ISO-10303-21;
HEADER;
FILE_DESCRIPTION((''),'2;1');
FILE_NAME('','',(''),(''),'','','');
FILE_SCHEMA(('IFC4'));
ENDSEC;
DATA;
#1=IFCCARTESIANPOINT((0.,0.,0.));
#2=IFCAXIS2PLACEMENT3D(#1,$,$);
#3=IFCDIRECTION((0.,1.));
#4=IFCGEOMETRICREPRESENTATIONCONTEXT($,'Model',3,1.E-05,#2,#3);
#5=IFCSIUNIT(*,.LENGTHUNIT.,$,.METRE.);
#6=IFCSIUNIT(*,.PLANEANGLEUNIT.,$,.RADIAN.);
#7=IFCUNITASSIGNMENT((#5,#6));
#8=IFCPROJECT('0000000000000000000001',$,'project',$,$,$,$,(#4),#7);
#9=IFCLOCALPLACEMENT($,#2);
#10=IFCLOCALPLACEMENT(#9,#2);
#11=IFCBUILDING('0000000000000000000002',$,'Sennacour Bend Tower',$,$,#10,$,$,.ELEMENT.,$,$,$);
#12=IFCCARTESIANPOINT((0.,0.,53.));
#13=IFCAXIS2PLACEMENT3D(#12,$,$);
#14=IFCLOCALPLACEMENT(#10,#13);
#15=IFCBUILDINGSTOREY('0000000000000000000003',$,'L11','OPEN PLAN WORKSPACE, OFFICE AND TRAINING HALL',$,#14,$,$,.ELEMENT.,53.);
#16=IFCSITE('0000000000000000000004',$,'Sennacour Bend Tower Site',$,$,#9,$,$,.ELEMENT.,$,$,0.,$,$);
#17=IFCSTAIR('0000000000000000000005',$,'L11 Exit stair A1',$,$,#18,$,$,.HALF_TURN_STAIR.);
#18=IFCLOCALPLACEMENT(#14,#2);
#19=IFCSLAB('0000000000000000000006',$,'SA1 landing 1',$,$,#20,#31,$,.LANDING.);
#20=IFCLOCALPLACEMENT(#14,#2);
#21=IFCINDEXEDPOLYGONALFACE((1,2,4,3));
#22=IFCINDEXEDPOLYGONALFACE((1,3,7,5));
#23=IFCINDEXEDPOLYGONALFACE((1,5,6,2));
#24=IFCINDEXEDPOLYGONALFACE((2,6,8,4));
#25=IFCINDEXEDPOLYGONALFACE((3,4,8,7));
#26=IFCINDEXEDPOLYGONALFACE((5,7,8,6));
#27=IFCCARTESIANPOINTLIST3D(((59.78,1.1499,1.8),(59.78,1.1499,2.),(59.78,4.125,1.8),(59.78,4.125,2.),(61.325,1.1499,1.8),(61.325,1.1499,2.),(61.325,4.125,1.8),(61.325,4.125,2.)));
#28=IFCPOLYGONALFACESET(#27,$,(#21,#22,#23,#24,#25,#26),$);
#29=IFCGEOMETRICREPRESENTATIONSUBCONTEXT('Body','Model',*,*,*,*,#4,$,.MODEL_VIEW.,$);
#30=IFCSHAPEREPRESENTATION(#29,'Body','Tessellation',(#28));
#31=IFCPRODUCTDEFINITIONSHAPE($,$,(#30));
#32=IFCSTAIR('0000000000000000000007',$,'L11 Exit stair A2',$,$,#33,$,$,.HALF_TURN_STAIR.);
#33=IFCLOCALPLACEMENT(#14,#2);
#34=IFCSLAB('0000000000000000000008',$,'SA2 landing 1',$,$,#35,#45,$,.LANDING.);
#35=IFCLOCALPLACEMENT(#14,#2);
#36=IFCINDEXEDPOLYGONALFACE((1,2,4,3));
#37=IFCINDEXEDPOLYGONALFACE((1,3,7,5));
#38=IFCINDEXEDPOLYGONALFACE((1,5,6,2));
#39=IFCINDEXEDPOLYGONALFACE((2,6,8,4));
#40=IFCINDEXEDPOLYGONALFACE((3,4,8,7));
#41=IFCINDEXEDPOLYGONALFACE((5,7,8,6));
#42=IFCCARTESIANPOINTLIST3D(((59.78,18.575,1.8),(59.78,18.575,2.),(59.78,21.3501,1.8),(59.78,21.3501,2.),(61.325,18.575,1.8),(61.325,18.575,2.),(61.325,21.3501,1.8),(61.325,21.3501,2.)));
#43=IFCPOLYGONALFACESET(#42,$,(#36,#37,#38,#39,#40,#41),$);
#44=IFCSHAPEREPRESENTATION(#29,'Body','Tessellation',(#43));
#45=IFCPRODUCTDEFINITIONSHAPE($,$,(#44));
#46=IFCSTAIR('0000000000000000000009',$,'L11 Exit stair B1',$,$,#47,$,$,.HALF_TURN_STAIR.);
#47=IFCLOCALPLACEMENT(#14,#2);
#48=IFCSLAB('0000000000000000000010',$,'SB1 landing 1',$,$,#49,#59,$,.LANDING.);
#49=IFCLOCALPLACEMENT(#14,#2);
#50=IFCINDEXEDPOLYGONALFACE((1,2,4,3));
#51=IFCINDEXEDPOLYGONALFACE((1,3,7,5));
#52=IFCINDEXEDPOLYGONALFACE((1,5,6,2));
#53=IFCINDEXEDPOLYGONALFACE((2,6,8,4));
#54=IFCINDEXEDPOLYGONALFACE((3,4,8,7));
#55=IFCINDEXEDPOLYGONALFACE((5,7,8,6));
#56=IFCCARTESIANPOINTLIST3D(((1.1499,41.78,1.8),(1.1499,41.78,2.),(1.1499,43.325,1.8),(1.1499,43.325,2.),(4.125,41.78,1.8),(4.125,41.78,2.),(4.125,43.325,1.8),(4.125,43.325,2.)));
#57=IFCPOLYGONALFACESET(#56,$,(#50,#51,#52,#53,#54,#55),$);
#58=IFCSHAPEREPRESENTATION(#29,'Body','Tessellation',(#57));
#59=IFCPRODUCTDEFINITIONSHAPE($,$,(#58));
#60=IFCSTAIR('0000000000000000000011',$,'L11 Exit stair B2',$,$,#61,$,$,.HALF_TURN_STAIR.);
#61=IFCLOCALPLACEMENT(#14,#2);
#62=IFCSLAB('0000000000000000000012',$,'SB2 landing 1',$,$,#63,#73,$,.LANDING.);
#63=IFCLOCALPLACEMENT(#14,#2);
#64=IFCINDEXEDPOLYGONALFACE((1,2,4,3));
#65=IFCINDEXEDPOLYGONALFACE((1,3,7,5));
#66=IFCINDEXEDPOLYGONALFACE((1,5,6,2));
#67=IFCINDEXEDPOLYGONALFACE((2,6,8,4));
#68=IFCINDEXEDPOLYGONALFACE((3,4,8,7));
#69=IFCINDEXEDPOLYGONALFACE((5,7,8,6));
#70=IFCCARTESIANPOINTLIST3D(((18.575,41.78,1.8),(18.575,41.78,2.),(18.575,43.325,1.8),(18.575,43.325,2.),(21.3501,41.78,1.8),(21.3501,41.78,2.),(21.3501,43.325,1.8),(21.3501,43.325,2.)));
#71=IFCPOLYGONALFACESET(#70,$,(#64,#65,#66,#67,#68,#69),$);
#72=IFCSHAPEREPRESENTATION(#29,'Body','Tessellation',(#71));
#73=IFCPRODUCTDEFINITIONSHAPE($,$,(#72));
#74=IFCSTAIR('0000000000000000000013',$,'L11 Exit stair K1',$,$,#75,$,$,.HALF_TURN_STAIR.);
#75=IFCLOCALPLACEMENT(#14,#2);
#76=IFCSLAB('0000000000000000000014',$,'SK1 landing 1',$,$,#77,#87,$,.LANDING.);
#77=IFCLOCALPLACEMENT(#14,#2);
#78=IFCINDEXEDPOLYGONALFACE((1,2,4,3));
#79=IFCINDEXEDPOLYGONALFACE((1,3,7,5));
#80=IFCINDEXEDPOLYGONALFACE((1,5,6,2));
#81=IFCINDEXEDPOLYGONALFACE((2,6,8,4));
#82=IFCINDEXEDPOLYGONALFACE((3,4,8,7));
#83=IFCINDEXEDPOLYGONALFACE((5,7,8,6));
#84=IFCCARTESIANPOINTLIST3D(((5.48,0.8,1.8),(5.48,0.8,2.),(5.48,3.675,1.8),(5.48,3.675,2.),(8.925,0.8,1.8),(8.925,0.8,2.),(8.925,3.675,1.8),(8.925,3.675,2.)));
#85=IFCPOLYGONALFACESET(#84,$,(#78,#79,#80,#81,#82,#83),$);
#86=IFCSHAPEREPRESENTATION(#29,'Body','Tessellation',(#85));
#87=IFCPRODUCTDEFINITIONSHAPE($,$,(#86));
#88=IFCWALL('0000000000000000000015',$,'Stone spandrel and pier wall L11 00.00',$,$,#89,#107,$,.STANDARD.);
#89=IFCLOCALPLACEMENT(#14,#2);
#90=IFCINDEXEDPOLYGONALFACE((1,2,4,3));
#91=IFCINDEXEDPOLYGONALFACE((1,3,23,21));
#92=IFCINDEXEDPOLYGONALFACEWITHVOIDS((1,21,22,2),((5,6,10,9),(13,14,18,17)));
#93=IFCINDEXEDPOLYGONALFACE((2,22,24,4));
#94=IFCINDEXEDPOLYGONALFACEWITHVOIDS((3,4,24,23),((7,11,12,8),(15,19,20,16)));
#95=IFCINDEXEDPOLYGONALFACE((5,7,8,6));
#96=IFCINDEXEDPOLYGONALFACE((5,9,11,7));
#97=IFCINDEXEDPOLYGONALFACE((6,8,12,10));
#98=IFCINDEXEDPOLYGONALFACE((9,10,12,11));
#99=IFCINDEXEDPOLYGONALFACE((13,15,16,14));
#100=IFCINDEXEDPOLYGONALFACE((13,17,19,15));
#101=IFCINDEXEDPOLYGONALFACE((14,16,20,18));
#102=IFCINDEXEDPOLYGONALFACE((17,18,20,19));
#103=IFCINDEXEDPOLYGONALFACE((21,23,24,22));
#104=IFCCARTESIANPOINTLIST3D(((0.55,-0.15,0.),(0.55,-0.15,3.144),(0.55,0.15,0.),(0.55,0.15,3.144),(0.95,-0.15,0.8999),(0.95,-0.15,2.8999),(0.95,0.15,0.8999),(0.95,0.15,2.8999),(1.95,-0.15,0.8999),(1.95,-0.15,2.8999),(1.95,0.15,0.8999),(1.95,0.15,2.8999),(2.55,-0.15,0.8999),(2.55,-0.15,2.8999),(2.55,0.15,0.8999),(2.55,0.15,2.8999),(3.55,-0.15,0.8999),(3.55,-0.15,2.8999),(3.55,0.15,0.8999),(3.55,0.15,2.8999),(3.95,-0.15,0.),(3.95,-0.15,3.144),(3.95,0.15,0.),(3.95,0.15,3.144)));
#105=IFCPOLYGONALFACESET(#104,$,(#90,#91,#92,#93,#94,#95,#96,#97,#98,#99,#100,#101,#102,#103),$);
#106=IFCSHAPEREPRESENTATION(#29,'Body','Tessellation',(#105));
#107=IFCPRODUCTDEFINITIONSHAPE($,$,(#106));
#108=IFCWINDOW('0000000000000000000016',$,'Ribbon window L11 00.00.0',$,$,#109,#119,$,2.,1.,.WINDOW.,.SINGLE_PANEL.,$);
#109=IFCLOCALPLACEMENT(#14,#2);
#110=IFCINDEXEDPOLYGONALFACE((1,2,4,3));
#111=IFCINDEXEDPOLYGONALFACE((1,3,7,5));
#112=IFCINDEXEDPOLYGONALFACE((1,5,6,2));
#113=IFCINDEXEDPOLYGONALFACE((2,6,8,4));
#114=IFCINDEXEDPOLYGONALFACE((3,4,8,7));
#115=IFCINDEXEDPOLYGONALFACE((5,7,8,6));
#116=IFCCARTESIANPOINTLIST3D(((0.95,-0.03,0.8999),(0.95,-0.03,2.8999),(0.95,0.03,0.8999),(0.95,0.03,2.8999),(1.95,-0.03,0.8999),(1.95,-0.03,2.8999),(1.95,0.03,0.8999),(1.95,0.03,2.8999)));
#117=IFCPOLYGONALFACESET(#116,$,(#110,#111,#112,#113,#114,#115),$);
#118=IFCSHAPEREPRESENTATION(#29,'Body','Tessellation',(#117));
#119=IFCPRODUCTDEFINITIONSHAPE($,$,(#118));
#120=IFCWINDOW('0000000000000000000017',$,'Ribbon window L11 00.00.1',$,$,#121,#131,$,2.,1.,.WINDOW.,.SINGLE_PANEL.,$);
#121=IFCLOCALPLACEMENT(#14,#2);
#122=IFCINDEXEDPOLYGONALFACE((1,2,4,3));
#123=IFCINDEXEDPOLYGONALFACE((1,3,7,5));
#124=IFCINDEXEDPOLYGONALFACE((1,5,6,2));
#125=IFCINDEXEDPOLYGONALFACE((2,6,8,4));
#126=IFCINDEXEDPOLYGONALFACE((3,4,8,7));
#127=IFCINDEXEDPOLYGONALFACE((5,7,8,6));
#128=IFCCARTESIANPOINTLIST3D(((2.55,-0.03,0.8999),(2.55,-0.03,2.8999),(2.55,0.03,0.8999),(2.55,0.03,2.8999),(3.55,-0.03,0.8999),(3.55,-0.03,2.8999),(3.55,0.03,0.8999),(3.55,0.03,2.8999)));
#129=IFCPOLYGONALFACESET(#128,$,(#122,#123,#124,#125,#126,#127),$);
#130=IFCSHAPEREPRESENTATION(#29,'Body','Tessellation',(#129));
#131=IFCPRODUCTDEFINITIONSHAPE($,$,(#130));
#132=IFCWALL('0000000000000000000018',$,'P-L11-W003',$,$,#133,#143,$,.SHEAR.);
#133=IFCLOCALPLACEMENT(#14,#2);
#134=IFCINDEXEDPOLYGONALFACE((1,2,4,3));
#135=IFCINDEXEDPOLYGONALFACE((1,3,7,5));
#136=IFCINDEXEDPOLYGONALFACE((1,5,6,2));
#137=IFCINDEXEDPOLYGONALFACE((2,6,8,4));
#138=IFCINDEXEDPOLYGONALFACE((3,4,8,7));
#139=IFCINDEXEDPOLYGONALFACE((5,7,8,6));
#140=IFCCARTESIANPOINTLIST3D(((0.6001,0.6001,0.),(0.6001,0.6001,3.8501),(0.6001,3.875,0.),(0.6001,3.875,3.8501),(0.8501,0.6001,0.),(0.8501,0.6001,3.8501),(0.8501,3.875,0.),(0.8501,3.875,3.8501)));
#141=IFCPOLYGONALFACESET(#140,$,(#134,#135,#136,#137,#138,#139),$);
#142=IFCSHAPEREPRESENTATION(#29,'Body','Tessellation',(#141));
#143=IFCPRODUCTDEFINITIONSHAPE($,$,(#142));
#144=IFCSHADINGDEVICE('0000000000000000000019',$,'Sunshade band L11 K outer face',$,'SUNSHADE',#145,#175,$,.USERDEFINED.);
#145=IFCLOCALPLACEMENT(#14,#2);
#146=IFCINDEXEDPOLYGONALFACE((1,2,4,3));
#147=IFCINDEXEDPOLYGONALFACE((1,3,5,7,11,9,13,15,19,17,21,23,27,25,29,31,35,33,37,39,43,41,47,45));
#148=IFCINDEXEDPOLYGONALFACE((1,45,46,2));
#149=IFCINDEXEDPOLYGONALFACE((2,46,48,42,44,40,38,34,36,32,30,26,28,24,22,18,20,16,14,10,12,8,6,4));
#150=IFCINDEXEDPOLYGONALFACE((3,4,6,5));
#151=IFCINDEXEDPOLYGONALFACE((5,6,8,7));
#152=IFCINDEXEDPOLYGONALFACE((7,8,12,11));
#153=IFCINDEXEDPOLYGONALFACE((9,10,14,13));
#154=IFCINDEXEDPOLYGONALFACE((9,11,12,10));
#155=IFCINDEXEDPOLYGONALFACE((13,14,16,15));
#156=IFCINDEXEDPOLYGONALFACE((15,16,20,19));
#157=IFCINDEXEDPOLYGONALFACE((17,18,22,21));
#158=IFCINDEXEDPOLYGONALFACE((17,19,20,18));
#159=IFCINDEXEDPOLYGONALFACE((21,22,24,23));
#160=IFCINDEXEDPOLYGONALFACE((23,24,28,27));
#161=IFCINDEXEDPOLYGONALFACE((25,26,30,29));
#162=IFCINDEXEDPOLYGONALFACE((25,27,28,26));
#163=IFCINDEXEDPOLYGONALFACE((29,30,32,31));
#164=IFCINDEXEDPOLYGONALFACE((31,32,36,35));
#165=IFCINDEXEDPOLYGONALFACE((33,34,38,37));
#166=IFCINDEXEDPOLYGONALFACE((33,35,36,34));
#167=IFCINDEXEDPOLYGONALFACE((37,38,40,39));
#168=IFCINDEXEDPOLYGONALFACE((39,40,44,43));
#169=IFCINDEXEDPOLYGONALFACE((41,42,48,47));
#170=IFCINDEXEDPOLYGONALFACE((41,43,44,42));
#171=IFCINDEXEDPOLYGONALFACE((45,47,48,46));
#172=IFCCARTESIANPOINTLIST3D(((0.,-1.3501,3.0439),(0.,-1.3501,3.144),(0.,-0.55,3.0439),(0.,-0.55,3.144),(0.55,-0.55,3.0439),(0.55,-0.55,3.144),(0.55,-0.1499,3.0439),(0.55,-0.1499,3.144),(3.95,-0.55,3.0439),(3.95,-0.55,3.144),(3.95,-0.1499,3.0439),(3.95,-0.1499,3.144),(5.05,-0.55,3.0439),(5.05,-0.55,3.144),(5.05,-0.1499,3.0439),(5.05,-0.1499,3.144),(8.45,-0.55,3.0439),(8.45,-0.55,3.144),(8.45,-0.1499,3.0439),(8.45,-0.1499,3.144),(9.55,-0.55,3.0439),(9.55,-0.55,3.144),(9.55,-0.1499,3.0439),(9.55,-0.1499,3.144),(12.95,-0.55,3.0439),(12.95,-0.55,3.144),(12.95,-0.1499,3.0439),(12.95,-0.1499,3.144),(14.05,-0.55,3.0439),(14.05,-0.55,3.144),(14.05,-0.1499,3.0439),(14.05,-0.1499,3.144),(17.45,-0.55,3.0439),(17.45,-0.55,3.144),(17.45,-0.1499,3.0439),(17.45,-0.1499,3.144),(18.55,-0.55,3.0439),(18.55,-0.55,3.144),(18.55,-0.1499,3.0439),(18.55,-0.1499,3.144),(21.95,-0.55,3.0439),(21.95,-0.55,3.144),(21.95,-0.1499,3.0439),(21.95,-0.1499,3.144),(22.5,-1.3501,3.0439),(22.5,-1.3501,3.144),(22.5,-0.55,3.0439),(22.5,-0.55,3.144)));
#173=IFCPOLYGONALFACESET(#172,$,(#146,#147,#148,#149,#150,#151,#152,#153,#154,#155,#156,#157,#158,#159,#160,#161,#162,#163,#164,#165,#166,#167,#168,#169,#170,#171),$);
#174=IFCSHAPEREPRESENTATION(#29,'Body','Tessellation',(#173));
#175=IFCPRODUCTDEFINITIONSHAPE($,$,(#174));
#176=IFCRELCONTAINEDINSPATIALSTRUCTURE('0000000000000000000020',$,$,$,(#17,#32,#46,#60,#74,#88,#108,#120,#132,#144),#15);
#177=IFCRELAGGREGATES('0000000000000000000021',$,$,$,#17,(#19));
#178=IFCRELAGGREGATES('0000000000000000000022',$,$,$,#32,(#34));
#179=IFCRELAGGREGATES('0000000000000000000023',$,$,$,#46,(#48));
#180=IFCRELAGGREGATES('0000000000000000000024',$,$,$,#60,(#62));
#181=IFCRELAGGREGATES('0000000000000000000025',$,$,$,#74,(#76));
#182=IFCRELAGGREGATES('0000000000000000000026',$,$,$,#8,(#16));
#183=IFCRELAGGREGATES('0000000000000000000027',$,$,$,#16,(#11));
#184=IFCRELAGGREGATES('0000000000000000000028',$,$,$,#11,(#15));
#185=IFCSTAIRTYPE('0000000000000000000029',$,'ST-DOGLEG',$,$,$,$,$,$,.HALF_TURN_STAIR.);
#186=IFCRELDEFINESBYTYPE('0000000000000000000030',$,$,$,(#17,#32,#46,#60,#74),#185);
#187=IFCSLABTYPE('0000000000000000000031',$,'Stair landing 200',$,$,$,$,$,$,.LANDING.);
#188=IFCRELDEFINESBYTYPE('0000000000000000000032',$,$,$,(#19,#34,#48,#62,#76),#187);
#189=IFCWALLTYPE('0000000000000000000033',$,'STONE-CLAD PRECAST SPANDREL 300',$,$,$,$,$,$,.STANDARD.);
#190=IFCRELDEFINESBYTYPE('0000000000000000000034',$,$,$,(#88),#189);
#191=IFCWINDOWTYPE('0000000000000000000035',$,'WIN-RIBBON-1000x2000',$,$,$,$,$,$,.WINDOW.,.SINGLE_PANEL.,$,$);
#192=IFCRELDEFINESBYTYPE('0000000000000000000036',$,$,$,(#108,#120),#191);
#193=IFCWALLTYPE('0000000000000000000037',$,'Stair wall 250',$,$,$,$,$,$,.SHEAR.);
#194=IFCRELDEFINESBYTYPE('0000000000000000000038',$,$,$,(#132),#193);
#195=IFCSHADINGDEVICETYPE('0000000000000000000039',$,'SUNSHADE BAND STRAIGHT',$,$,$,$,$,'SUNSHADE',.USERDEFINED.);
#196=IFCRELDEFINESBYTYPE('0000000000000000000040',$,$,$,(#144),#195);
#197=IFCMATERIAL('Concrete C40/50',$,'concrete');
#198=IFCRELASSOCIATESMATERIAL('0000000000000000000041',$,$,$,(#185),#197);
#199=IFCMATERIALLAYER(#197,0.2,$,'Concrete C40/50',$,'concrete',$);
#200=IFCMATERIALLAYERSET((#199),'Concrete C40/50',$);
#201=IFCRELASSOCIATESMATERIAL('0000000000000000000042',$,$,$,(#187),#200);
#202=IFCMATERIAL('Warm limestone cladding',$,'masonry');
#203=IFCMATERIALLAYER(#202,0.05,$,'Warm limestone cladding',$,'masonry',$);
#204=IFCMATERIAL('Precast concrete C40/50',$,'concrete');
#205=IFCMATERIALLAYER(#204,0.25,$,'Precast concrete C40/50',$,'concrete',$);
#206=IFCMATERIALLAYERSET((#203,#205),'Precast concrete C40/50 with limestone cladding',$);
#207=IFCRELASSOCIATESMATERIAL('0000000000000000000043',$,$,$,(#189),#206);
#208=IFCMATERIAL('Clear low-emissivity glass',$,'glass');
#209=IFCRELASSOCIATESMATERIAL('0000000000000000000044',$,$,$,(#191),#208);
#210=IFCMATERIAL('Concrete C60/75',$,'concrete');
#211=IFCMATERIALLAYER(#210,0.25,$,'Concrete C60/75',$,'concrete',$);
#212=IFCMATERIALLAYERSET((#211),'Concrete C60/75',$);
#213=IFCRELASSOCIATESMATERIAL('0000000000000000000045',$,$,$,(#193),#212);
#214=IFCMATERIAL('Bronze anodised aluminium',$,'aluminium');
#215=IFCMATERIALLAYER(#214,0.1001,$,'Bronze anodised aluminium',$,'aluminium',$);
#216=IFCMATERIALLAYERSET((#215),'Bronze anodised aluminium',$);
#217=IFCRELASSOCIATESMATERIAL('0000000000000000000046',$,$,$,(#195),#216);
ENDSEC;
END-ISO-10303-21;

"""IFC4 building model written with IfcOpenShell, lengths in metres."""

from ifc_helpers import new_model, si_unit, direction, frame, frame_2d, origin, place, context, subcontext, project, spatial, polyline, rectangle, outline, extrude, material, layer, layer_set, type_object, element, fill, aggregate, save


model = new_model("IFC4")

# Units and contexts
model_context = context("Model", 3, precision=1e-05, world=origin(), true_north=direction((0.0, 1.0)))
body_context = subcontext(model_context, "Body", "Model", "MODEL_VIEW")
ifc_project = project(units=[si_unit("LENGTHUNIT", "METRE"), si_unit("PLANEANGLEUNIT", "RADIAN")], contexts=[model_context])

# Site, building, storey
site_placement = place(None, origin())
site = spatial("IfcSite", under=ifc_project, at=site_placement, Name="Sennacour Bend Tower Site", CompositionType="ELEMENT", RefElevation=0.0)
building_placement = place(site_placement, origin())
building = spatial("IfcBuilding", under=site, at=building_placement, Name="Sennacour Bend Tower", CompositionType="ELEMENT")
storey_placement = place(building_placement, frame((0.0, 0.0, 53.0)))
storey = spatial("IfcBuildingStorey", under=building, at=storey_placement, Name="L11", Description="OPEN PLAN WORKSPACE, OFFICE AND TRAINING HALL", CompositionType="ELEMENT", Elevation=53.0)

# Shared definitions
ifc_material_1 = material(Name="Concrete C40/50", Category="concrete")

# Stairs, slabs
stair_type = type_object("IfcStairType", Name="ST-DOGLEG", PredefinedType="HALF_TURN_STAIR", material=ifc_material_1)
stair_1_placement = place(storey_placement, origin())
stair_1 = element("IfcStair", 1, at=stair_1_placement, inside=storey, type_object=stair_type, Name="L11 Exit stair A1", PredefinedType="HALF_TURN_STAIR")
ifc_layer_1 = layer(ifc_material_1, 0.2, Name="Concrete C40/50", Category="concrete")
ifc_layer_set_1 = layer_set([ifc_layer_1], Name="Concrete C40/50")
slab_type_1 = type_object("IfcSlabType", Name="Stair landing 200", PredefinedType="LANDING", material=ifc_layer_set_1)
slab_1_placement = place(storey_placement, frame((0.0, 0.0, 1.8)))
slab_1 = element("IfcSlab", 2, at=slab_1_placement, type_object=slab_type_1, Name="SA1 landing 1", PredefinedType="LANDING", context=body_context, shape_type="SweptSolid", body=[
    extrude(outline(polyline([(59.78, 1.1499), (61.325, 1.1499), (61.325, 4.125), (59.78, 4.125), (59.78, 1.1499)])), origin(), (0.0, 0.0, 1.0), 0.2),
])
aggregate(stair_1, [slab_1])
stair_2_placement = place(storey_placement, origin())
stair_2 = element("IfcStair", 3, at=stair_2_placement, inside=storey, type_object=stair_type, Name="L11 Exit stair A2", PredefinedType="HALF_TURN_STAIR")
slab_2_placement = place(storey_placement, frame((0.0, 0.0, 1.8)))
slab_2 = element("IfcSlab", 4, at=slab_2_placement, type_object=slab_type_1, Name="SA2 landing 1", PredefinedType="LANDING", context=body_context, shape_type="SweptSolid", body=[
    extrude(outline(polyline([(59.78, 18.575), (61.325, 18.575), (61.325, 21.3501), (59.78, 21.3501), (59.78, 18.575)])), origin(), (0.0, 0.0, 1.0), 0.2),
])
aggregate(stair_2, [slab_2])
stair_3_placement = place(storey_placement, origin())
stair_3 = element("IfcStair", 5, at=stair_3_placement, inside=storey, type_object=stair_type, Name="L11 Exit stair B1", PredefinedType="HALF_TURN_STAIR")
slab_3_placement = place(storey_placement, frame((0.0, 0.0, 1.8)))
slab_3 = element("IfcSlab", 6, at=slab_3_placement, type_object=slab_type_1, Name="SB1 landing 1", PredefinedType="LANDING", context=body_context, shape_type="SweptSolid", body=[
    extrude(outline(polyline([(1.1499, 41.78), (4.125, 41.78), (4.125, 43.325), (1.1499, 43.325), (1.1499, 41.78)])), origin(), (0.0, 0.0, 1.0), 0.2),
])
aggregate(stair_3, [slab_3])
stair_4_placement = place(storey_placement, origin())
stair_4 = element("IfcStair", 7, at=stair_4_placement, inside=storey, type_object=stair_type, Name="L11 Exit stair B2", PredefinedType="HALF_TURN_STAIR")
slab_4_placement = place(storey_placement, frame((0.0, 0.0, 1.8)))
slab_4 = element("IfcSlab", 8, at=slab_4_placement, type_object=slab_type_1, Name="SB2 landing 1", PredefinedType="LANDING", context=body_context, shape_type="SweptSolid", body=[
    extrude(outline(polyline([(18.575, 41.78), (21.3501, 41.78), (21.3501, 43.325), (18.575, 43.325), (18.575, 41.78)])), origin(), (0.0, 0.0, 1.0), 0.2),
])
aggregate(stair_4, [slab_4])
stair_5_placement = place(storey_placement, origin())
stair_5 = element("IfcStair", 9, at=stair_5_placement, inside=storey, type_object=stair_type, Name="L11 Exit stair K1", PredefinedType="HALF_TURN_STAIR")
slab_5_placement = place(storey_placement, frame((0.0, 0.0, 1.8)))
slab_5 = element("IfcSlab", 10, at=slab_5_placement, type_object=slab_type_1, Name="SK1 landing 1", PredefinedType="LANDING", context=body_context, shape_type="SweptSolid", body=[
    extrude(outline(polyline([(5.48, 0.8), (8.925, 0.8), (8.925, 3.675), (5.48, 3.675), (5.48, 0.8)])), origin(), (0.0, 0.0, 1.0), 0.2),
])
aggregate(stair_5, [slab_5])

# Wall, openings, windows
ifc_material_2 = material(Name="Warm limestone cladding", Category="masonry")
ifc_layer_2 = layer(ifc_material_2, 0.05, Name="Warm limestone cladding", Category="masonry")
ifc_material_3 = material(Name="Precast concrete C40/50", Category="concrete")
ifc_layer_3 = layer(ifc_material_3, 0.25, Name="Precast concrete C40/50", Category="concrete")
ifc_layer_set_2 = layer_set([ifc_layer_2, ifc_layer_3], Name="Precast concrete C40/50 with limestone cladding")
wall_type_1 = type_object("IfcWallType", Name="STONE-CLAD PRECAST SPANDREL 300", PredefinedType="STANDARD", material=ifc_layer_set_2)
wall_1_placement = place(storey_placement, frame((0.55, 0.0, 0.0), z_axis=(0.0, 0.0, 1.0), x_axis=(1.0, 0.0, 0.0)))
wall_1 = element("IfcWall", 11, at=wall_1_placement, inside=storey, type_object=wall_type_1, Name="Stone spandrel and pier wall L11 00.00", PredefinedType="STANDARD", context=body_context, shape_type="SweptSolid", body=[
    extrude(rectangle(XDim=3.3999, YDim=0.3, at=frame_2d((1.7, 0.0))), origin(), (0.0, 0.0, 1.0), 3.144),
])
opening_1_placement = place(wall_1_placement, frame((0.3999, 0.0, 0.8999)))
opening_1 = element("IfcOpeningElement", 12, at=opening_1_placement, cuts=wall_1, PredefinedType="OPENING", context=body_context, shape_type="SweptSolid", body=[
    extrude(rectangle(XDim=1.0, YDim=2.0, at=frame_2d((0.5, 1.0))), frame((0.0, 0.1602, 0.0), z_axis=(0.0, -1.0, 0.0), x_axis=(1.0, 0.0, 0.0)), (0.0, 0.0, 1.0), 0.3201),
])
opening_2_placement = place(wall_1_placement, frame((2.0, 0.0, 0.8999)))
opening_2 = element("IfcOpeningElement", 13, at=opening_2_placement, cuts=wall_1, PredefinedType="OPENING", context=body_context, shape_type="SweptSolid", body=[
    extrude(rectangle(XDim=1.0, YDim=2.0, at=frame_2d((0.5, 1.0))), frame((0.0, 0.1602, 0.0), z_axis=(0.0, -1.0, 0.0), x_axis=(1.0, 0.0, 0.0)), (0.0, 0.0, 1.0), 0.3201),
])
ifc_material_4 = material(Name="Clear low-emissivity glass", Category="glass")
window_type = type_object("IfcWindowType", Name="WIN-RIBBON-1000x2000", PartitioningType="SINGLE_PANEL", PredefinedType="WINDOW", material=ifc_material_4)
window_1_placement = place(opening_1_placement, origin())
window_1 = element("IfcWindow", 14, at=window_1_placement, inside=storey, type_object=window_type, Name="Ribbon window L11 00.00.0", OverallHeight=2.0, OverallWidth=1.0, PartitioningType="SINGLE_PANEL", PredefinedType="WINDOW", context=body_context, shape_type="SweptSolid", body=[
    extrude(rectangle(XDim=1.0, YDim=2.0, at=frame_2d((0.5, 1.0))), frame((0.0, 0.03, 0.0), z_axis=(0.0, -1.0, 0.0), x_axis=(1.0, 0.0, 0.0)), (0.0, 0.0, 1.0), 0.0601),
])
fill(opening_1, window_1)
window_2_placement = place(opening_2_placement, origin())
window_2 = element("IfcWindow", 15, at=window_2_placement, inside=storey, type_object=window_type, Name="Ribbon window L11 00.00.1", OverallHeight=2.0, OverallWidth=1.0, PartitioningType="SINGLE_PANEL", PredefinedType="WINDOW", context=body_context, shape_type="SweptSolid", body=[
    extrude(rectangle(XDim=1.0, YDim=2.0, at=frame_2d((0.5, 1.0))), frame((0.0, 0.03, 0.0), z_axis=(0.0, -1.0, 0.0), x_axis=(1.0, 0.0, 0.0)), (0.0, 0.0, 1.0), 0.0601),
])
fill(opening_2, window_2)

# Wall
ifc_material_5 = material(Name="Concrete C60/75", Category="concrete")
ifc_layer_4 = layer(ifc_material_5, 0.25, Name="Concrete C60/75", Category="concrete")
ifc_layer_set_3 = layer_set([ifc_layer_4], Name="Concrete C60/75")
wall_type_2 = type_object("IfcWallType", Name="Stair wall 250", PredefinedType="SHEAR", material=ifc_layer_set_3)
wall_2_placement = place(storey_placement, frame((0.7251, 0.6001, 0.0), z_axis=(0.0, 0.0, 1.0), x_axis=(0.0, 1.0, 0.0)))
element("IfcWall", 16, at=wall_2_placement, inside=storey, type_object=wall_type_2, Name="P-L11-W003", PredefinedType="SHEAR", context=body_context, shape_type="SweptSolid", body=[
    extrude(rectangle(XDim=3.2749, YDim=0.25, at=frame_2d((1.6375, 0.0))), origin(), (0.0, 0.0, 1.0), 3.8501),
])

# Shading device
ifc_material_6 = material(Name="Bronze anodised aluminium", Category="aluminium")
ifc_layer_5 = layer(ifc_material_6, 0.1001, Name="Bronze anodised aluminium", Category="aluminium")
ifc_layer_set_4 = layer_set([ifc_layer_5], Name="Bronze anodised aluminium")
shading_device_type_1 = type_object("IfcShadingDeviceType", Name="SUNSHADE BAND STRAIGHT", ElementType="SUNSHADE", PredefinedType="USERDEFINED", material=ifc_layer_set_4)
shading_device_1_placement = place(storey_placement, frame((0.0, 0.0, 3.0439)))
element("IfcShadingDevice", 17, at=shading_device_1_placement, inside=storey, type_object=shading_device_type_1, Name="Sunshade band L11 K outer face", ObjectType="SUNSHADE", PredefinedType="USERDEFINED", context=body_context, shape_type="SweptSolid", body=[
    extrude(outline(polyline([(3.95, -0.1499), (3.95, -0.55), (5.05, -0.55), (5.05, -0.1499), (8.45, -0.1499), (8.45, -0.55), (9.55, -0.55), (9.55, -0.1499), (12.95, -0.1499), (12.95, -0.55), (14.05, -0.55), (14.05, -0.1499), (17.45, -0.1499), (17.45, -0.55), (18.55, -0.55), (18.55, -0.1499), (21.95, -0.1499), (21.95, -0.55), (22.5, -0.55), (22.5, -1.3501), (0.0, -1.3501), (0.0, -0.55), (0.55, -0.55), (0.55, -0.1499), (3.95, -0.1499)])), origin(), (0.0, 0.0, 1.0), 0.1001),
])

save(model, "model.ifc")
